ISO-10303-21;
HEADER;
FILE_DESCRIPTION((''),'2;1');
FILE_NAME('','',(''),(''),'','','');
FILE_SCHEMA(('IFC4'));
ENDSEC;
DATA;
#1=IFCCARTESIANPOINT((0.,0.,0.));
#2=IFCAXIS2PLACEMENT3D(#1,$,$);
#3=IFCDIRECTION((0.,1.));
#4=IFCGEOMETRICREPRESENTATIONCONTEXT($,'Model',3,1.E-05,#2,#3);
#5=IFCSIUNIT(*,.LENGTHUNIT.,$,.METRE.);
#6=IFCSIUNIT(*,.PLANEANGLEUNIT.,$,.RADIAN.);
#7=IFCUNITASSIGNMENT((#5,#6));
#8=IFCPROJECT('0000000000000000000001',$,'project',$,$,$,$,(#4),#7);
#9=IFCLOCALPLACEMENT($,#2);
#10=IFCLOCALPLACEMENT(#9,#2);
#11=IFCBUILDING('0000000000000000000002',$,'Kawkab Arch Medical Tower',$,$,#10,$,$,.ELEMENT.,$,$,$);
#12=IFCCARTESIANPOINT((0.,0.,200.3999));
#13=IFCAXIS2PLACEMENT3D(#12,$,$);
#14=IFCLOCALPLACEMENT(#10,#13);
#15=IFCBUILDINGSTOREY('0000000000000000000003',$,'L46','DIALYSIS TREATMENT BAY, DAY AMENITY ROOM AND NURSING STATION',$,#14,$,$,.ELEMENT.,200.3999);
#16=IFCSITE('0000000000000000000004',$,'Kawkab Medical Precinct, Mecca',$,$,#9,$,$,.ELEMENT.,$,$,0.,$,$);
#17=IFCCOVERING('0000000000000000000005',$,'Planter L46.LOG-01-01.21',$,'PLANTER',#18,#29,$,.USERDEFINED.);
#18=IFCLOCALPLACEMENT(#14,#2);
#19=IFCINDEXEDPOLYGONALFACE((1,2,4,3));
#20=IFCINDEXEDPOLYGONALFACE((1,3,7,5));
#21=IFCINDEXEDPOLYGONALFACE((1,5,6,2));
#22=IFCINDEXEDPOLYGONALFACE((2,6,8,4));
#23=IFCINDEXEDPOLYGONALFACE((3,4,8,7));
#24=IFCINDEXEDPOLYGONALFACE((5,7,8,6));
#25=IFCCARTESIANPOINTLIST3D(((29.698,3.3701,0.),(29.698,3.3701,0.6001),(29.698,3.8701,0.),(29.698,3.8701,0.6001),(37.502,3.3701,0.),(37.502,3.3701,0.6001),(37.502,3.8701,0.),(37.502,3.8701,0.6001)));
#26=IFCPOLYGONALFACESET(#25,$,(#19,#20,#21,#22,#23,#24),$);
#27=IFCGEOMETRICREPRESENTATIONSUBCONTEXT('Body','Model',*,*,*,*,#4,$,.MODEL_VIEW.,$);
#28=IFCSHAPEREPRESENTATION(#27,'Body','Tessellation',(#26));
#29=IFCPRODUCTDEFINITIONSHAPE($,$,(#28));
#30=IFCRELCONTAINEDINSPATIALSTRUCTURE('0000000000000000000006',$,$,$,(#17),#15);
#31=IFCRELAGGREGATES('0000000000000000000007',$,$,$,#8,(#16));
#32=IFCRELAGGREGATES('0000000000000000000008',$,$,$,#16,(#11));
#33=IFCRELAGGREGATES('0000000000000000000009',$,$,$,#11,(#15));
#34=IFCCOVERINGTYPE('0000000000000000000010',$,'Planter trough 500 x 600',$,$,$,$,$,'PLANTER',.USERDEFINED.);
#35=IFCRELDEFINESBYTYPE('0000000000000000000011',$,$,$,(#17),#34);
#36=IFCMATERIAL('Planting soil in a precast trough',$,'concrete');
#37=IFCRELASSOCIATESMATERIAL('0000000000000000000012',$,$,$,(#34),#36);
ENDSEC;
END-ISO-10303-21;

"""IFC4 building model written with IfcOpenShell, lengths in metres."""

from ifc_helpers import new_model, si_unit, direction, frame, origin, origin_2d, place, context, subcontext, project, spatial, rectangle, extrude, material, material_profile, profile_set, type_object, element, save


model = new_model("IFC4")

# Units and contexts
model_context = context("Model", 3, precision=1e-05, world=origin(), true_north=direction((0.0, 1.0)))
body_context = subcontext(model_context, "Body", "Model", "MODEL_VIEW")
ifc_project = project(units=[si_unit("LENGTHUNIT", "METRE"), si_unit("PLANEANGLEUNIT", "RADIAN")], contexts=[model_context])

# Site, building, storey
site_placement = place(None, origin())
site = spatial("IfcSite", under=ifc_project, at=site_placement, Name="Kawkab Medical Precinct, Mecca", CompositionType="ELEMENT", RefElevation=0.0)
building_placement = place(site_placement, origin())
building = spatial("IfcBuilding", under=site, at=building_placement, Name="Kawkab Arch Medical Tower", CompositionType="ELEMENT")
storey_placement = place(building_placement, frame((0.0, 0.0, 200.3999)))
storey = spatial("IfcBuildingStorey", under=building, at=storey_placement, Name="L46", Description="DIALYSIS TREATMENT BAY, DAY AMENITY ROOM AND NURSING STATION", CompositionType="ELEMENT", Elevation=200.3999)

# Covering
ifc_material_1 = material(Name="Planting soil in a precast trough", Category="concrete")
ifc_material_profile_1 = material_profile(ifc_material_1, rectangle(XDim=0.5, YDim=0.6001, at=origin_2d()), Name="Trough 500x600")
ifc_profile_set_1 = profile_set([ifc_material_profile_1], Name="Planting soil in a precast trough")
covering_type_1 = type_object("IfcCoveringType", Name="Planter trough 500 x 600", ElementType="PLANTER", PredefinedType="USERDEFINED", material=ifc_profile_set_1)
covering_1_placement = place(storey_placement, frame((29.698, 3.6201, 0.3), z_axis=(1.0, 0.0, 0.0), x_axis=(0.0, 1.0, 0.0)))
element("IfcCovering", 1, at=covering_1_placement, inside=storey, type_object=covering_type_1, Name="Planter L46.LOG-01-01.21", ObjectType="PLANTER", PredefinedType="USERDEFINED", context=body_context, shape_type="SweptSolid", body=[
    extrude(rectangle(XDim=0.5, YDim=0.6001, at=origin_2d()), origin(), (0.0, 0.0, 1.0), 7.804),
])

save(model, "model.ifc")
